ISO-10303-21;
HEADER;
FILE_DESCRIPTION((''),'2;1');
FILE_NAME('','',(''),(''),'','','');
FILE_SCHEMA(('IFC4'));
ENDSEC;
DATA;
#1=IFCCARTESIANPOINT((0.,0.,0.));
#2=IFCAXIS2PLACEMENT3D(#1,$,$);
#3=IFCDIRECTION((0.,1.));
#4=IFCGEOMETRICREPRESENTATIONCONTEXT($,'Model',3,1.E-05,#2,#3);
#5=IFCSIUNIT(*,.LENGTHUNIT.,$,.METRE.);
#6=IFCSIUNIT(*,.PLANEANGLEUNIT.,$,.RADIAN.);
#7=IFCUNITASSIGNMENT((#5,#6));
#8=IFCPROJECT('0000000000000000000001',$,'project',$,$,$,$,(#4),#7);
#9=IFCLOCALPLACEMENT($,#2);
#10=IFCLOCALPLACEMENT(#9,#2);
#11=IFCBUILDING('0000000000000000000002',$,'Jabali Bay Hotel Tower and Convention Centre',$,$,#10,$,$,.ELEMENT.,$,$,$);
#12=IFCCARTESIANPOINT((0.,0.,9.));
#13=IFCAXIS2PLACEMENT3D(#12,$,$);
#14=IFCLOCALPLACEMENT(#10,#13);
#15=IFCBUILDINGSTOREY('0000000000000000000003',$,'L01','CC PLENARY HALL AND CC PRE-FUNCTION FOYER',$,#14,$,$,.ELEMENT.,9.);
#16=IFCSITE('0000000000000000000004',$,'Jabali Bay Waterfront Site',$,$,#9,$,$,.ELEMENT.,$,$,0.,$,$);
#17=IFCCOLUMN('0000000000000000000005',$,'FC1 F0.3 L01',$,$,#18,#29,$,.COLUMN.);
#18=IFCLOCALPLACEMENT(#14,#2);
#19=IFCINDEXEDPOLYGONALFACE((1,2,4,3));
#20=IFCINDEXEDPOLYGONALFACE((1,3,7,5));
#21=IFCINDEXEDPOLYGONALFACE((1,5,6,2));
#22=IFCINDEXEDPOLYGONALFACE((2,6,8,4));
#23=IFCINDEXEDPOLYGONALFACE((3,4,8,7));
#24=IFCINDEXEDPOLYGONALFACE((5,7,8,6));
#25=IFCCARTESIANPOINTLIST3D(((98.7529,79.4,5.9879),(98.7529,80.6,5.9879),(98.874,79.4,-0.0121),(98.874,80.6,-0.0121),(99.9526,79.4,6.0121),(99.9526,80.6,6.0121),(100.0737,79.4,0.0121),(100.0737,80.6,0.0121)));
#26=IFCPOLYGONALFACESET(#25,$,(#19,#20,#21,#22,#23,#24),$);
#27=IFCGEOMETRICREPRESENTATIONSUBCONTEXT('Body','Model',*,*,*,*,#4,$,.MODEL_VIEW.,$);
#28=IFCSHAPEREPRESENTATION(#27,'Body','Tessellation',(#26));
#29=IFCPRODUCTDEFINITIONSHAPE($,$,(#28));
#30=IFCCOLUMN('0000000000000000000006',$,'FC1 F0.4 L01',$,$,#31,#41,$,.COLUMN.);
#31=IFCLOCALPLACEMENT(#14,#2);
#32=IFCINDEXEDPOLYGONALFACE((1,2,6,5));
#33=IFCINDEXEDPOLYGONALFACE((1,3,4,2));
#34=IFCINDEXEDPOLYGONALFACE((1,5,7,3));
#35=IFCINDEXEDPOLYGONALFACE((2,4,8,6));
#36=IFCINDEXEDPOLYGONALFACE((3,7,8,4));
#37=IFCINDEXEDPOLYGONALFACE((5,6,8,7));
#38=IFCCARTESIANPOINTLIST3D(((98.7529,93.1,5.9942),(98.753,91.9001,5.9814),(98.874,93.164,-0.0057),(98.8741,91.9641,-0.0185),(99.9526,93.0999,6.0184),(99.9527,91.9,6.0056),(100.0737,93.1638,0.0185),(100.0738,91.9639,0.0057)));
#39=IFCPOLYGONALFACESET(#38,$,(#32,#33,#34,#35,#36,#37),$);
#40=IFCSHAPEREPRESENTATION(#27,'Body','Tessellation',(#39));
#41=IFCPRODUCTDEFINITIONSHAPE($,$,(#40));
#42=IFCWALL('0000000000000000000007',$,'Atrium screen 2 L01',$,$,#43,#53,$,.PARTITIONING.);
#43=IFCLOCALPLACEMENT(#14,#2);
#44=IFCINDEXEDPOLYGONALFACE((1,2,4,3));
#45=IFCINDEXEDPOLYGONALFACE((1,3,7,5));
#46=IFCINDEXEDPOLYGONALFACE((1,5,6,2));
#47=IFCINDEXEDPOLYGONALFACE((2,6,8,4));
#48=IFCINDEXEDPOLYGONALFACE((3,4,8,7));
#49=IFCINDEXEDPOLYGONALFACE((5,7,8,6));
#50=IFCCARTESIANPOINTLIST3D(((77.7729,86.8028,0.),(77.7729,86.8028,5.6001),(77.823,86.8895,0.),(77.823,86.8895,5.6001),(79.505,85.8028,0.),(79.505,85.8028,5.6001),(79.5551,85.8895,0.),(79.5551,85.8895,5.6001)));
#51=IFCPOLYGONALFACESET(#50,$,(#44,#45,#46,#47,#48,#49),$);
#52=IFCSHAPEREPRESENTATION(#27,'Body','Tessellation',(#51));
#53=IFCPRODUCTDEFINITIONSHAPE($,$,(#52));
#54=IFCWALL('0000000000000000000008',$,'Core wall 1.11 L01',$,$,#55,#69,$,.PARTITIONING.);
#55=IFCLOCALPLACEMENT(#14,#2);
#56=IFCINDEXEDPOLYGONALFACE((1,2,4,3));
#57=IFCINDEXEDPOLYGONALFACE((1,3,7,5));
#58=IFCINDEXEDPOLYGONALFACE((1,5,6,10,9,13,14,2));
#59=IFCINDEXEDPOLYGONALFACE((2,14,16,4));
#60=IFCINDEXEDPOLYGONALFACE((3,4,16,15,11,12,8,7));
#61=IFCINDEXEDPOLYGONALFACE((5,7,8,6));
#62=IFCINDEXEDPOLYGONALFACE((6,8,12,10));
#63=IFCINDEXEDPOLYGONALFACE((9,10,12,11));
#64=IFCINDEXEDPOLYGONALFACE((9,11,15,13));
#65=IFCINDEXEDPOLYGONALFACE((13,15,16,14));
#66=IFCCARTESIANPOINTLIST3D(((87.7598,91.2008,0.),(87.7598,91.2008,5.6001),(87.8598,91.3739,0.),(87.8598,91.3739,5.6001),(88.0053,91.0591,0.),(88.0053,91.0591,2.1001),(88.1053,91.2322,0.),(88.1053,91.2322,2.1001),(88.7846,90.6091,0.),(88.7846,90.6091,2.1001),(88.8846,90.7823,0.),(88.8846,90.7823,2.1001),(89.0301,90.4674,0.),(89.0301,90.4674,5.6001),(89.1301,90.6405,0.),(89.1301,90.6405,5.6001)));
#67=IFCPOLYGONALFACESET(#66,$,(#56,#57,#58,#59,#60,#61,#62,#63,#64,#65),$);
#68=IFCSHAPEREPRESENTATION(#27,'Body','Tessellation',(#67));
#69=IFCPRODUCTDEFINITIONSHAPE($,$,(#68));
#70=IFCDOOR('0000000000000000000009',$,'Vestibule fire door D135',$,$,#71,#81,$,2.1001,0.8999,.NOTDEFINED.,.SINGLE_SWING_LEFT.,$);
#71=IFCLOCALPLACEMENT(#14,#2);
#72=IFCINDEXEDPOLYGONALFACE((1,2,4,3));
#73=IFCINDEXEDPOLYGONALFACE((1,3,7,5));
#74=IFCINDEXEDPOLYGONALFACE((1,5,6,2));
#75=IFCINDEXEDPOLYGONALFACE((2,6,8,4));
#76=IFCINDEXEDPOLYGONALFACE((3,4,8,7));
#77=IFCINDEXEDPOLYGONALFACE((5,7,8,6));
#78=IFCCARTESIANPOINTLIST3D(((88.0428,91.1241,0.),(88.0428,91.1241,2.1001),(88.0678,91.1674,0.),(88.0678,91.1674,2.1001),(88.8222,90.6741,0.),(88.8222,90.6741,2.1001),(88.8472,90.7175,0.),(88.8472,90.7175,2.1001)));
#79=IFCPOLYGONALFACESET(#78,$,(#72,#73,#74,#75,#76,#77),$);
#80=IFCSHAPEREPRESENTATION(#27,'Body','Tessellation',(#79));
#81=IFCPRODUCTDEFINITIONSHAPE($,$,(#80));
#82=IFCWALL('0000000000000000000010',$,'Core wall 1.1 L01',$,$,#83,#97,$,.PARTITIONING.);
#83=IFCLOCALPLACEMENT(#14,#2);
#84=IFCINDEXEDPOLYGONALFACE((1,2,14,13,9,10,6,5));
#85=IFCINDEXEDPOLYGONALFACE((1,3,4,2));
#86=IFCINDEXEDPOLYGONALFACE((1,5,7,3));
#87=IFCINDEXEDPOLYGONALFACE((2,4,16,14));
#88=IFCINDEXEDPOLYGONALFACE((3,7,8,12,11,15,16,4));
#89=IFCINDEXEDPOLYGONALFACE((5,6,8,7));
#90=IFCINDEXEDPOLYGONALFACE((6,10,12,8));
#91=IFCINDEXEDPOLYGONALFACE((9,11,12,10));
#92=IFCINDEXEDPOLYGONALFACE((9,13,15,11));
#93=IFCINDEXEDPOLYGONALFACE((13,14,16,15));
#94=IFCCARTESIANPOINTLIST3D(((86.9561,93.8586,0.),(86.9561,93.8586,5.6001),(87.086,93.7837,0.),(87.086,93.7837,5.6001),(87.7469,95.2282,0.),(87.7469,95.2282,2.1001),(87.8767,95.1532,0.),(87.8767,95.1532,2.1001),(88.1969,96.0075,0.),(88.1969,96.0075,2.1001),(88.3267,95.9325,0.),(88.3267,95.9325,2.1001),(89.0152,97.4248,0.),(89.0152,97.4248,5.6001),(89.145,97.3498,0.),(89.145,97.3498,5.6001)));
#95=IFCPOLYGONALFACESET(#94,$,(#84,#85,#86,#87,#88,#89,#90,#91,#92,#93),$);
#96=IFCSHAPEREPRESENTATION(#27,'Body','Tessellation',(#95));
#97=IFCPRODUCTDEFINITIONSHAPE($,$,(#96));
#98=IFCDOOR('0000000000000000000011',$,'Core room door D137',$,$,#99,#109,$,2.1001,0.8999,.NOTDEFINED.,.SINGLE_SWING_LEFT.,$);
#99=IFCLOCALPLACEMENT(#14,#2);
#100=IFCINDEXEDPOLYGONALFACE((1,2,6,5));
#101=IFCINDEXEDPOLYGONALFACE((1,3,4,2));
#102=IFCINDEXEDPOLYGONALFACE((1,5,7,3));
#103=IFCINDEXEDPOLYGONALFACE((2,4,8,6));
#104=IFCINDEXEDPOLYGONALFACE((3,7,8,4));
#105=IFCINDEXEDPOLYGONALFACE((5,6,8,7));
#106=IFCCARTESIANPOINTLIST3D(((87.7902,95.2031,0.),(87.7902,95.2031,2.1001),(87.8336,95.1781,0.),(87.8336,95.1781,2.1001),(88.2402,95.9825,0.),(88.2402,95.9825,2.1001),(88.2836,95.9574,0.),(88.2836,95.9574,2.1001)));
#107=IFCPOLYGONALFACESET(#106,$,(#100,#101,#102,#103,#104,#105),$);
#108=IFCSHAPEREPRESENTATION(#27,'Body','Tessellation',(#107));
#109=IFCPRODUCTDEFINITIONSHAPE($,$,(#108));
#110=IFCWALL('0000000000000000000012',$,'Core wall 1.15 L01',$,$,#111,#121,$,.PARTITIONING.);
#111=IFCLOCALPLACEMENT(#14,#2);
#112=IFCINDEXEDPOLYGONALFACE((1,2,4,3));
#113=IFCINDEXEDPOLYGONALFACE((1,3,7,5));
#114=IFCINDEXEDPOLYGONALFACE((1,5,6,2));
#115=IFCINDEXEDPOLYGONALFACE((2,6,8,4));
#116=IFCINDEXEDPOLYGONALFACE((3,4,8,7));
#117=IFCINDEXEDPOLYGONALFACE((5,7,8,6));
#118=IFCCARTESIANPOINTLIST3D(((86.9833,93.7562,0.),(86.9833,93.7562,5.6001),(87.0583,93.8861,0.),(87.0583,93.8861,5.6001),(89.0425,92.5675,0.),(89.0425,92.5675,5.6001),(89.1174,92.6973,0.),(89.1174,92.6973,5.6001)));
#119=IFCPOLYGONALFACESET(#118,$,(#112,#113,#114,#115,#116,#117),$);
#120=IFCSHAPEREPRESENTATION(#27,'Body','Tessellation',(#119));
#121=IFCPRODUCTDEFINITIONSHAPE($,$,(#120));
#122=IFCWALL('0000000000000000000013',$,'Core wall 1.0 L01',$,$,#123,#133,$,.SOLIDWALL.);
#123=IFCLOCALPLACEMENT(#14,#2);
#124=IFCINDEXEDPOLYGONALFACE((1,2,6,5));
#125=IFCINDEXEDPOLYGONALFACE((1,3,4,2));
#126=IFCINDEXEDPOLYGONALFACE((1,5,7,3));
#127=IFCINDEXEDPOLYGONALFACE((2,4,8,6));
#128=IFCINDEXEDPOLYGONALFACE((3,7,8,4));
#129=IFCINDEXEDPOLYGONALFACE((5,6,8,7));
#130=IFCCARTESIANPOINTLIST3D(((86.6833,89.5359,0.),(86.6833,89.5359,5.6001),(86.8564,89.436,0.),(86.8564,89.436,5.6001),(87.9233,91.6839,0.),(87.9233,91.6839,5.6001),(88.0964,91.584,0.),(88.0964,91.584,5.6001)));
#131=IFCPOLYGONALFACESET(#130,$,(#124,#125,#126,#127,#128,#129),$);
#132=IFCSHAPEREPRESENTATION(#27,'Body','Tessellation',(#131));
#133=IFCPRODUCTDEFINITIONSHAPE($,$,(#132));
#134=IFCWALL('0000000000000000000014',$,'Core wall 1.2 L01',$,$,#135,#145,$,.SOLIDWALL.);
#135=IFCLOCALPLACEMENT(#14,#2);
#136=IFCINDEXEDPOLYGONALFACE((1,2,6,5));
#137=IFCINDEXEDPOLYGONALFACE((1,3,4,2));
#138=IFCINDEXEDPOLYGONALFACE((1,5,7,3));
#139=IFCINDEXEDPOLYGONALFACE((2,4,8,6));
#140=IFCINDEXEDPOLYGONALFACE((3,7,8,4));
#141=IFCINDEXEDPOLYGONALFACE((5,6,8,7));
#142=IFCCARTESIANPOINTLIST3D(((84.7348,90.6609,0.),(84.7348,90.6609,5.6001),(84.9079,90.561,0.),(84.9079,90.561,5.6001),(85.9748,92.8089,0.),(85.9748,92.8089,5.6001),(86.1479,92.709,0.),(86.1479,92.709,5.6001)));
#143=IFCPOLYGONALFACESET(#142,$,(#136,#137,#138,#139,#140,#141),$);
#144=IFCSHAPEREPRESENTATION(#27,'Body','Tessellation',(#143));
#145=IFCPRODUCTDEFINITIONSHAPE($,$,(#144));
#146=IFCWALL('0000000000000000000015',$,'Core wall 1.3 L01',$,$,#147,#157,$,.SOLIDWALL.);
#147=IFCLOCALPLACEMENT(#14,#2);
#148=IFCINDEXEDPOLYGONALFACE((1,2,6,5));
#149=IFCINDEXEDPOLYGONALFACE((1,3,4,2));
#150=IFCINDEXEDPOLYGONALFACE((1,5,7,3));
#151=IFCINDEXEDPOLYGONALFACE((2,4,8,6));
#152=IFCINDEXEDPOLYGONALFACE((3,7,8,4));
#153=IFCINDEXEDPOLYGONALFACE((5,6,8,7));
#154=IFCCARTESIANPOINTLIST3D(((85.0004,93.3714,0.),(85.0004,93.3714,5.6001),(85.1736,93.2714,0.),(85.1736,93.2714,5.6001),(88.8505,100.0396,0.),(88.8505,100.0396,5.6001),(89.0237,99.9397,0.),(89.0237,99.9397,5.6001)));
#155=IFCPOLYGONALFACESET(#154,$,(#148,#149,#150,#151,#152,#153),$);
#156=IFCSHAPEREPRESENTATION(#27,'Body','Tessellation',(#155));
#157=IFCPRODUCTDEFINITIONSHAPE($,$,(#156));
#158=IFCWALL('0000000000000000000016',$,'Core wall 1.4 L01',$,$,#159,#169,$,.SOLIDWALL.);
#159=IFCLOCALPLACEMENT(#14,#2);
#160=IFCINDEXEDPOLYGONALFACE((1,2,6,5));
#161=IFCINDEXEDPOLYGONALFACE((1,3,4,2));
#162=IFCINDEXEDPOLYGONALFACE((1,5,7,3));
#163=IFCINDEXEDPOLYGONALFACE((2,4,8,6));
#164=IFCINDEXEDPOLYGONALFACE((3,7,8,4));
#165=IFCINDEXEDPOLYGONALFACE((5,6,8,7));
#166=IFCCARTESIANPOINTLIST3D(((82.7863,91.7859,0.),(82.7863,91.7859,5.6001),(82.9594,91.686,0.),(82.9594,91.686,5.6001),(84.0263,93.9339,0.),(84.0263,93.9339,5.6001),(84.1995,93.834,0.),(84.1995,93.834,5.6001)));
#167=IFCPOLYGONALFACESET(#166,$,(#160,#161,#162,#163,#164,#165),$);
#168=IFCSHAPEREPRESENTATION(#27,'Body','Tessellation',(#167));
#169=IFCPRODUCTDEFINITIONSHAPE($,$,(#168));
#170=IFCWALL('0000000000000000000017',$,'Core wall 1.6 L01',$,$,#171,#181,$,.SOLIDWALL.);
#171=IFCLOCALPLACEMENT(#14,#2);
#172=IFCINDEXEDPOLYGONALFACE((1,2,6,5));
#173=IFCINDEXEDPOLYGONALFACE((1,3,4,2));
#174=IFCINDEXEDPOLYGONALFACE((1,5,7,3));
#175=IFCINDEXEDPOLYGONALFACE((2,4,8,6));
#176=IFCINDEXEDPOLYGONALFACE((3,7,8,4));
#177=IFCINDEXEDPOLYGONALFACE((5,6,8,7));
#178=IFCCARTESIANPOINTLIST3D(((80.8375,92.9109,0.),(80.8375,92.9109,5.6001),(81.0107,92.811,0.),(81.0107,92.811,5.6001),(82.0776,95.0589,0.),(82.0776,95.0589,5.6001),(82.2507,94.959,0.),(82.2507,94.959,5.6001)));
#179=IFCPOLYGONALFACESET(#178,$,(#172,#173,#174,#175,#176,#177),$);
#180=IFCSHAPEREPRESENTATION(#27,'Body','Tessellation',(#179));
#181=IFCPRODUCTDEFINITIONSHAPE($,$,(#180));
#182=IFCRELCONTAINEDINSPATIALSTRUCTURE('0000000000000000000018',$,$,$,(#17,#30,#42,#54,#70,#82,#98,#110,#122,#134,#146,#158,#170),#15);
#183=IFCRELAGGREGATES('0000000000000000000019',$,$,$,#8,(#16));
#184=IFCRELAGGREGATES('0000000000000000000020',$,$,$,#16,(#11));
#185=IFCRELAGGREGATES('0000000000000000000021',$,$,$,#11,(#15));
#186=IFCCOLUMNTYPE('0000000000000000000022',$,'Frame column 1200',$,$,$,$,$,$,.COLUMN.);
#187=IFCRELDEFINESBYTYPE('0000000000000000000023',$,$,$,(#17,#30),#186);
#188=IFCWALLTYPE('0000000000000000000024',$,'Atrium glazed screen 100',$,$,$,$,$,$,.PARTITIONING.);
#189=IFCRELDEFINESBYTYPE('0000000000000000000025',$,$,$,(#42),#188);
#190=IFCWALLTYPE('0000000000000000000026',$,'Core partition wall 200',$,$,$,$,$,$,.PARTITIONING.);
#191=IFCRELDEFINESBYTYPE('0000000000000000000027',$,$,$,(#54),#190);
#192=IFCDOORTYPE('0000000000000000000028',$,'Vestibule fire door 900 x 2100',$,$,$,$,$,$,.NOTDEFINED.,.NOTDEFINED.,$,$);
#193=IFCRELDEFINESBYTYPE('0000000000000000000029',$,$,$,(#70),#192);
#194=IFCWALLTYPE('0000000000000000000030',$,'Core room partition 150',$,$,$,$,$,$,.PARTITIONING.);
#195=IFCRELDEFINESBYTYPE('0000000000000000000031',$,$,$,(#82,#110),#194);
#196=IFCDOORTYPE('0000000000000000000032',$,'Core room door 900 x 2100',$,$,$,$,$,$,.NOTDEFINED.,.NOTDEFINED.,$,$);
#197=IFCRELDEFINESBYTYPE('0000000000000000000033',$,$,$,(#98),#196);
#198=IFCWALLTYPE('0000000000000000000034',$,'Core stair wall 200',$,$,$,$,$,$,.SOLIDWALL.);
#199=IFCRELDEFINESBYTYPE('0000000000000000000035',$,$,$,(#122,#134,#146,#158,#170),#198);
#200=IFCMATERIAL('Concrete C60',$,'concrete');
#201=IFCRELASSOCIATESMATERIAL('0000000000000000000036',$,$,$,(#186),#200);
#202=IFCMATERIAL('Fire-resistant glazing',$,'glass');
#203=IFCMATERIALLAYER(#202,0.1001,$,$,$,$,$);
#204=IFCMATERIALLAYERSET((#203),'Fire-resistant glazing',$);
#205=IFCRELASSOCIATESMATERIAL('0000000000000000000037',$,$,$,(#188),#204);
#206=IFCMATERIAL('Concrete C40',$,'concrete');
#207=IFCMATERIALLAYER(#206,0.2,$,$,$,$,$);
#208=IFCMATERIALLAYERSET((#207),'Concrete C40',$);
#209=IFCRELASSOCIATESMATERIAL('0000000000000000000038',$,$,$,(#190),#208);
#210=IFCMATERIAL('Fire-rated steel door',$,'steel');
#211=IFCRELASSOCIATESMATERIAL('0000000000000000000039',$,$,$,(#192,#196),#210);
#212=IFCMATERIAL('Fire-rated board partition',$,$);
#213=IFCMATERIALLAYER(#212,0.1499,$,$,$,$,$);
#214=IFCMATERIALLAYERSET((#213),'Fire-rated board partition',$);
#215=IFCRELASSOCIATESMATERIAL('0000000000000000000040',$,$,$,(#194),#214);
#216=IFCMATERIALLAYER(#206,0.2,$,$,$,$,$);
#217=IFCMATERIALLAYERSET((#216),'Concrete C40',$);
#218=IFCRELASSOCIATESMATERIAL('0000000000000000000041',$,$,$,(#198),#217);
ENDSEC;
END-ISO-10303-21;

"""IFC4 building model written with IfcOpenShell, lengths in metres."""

from ifc_helpers import new_model, si_unit, direction, frame, frame_2d, origin, origin_2d, place, context, subcontext, project, spatial, rectangle, extrude, material, layer, layer_set, material_profile, profile_set, type_object, element, fill, save


model = new_model("IFC4")

# Units and contexts
model_context = context("Model", 3, precision=1e-05, world=origin(), true_north=direction((0.0, 1.0)))
body_context = subcontext(model_context, "Body", "Model", "MODEL_VIEW")
ifc_project = project(units=[si_unit("LENGTHUNIT", "METRE"), si_unit("PLANEANGLEUNIT", "RADIAN")], contexts=[model_context])

# Site, building, storey
site_placement = place(None, origin())
site = spatial("IfcSite", under=ifc_project, at=site_placement, Name="Jabali Bay Waterfront Site", CompositionType="ELEMENT", RefElevation=0.0)
building_placement = place(site_placement, origin())
building = spatial("IfcBuilding", under=site, at=building_placement, Name="Jabali Bay Hotel Tower and Convention Centre", CompositionType="ELEMENT")
storey_placement = place(building_placement, frame((0.0, 0.0, 9.0)))
storey = spatial("IfcBuildingStorey", under=building, at=storey_placement, Name="L01", Description="CC PLENARY HALL AND CC PRE-FUNCTION FOYER", CompositionType="ELEMENT", Elevation=9.0)

# Columns
ifc_material_1 = material(Name="Concrete C60", Category="concrete")
ifc_material_profile = material_profile(ifc_material_1, rectangle(XDim=1.2, YDim=1.2, at=origin_2d()), Name="Frame column 1200")
ifc_profile_set = profile_set([ifc_material_profile], Name="Concrete C60")
column_type = type_object("IfcColumnType", Name="Frame column 1200", PredefinedType="COLUMN", material=ifc_profile_set)
column_1_placement = place(storey_placement, frame((99.4739, 80.0, 0.0), z_axis=(-0.020178, 0.0, 0.999796), x_axis=(0.0, -1.0, 0.0)))
element("IfcColumn", 1, at=column_1_placement, inside=storey, type_object=column_type, Name="FC1 F0.3 L01", PredefinedType="COLUMN", context=body_context, shape_type="SweptSolid", body=[
    extrude(rectangle(XDim=1.2, YDim=1.2, at=origin_2d()), origin(), (0.0, 0.0, 1.0), 6.0012),
])
column_2_placement = place(storey_placement, frame((99.4739, 92.564, 0.0), z_axis=(-0.020177, -0.010658, 0.99974), x_axis=(0.999796, -0.000126, 0.020177)))
element("IfcColumn", 2, at=column_2_placement, inside=storey, type_object=column_type, Name="FC1 F0.4 L01", PredefinedType="COLUMN", context=body_context, shape_type="SweptSolid", body=[
    extrude(rectangle(XDim=1.2, YDim=1.2, at=origin_2d()), origin(), (0.0, 0.0, 1.0), 6.0015),
])

# Wall
ifc_material_2 = material(Name="Fire-resistant glazing", Category="glass")
ifc_layer_1 = layer(ifc_material_2, 0.1001)
ifc_layer_set_1 = layer_set([ifc_layer_1], Name="Fire-resistant glazing")
wall_type_1 = type_object("IfcWallType", Name="Atrium glazed screen 100", PredefinedType="PARTITIONING", material=ifc_layer_set_1)
wall_1_placement = place(storey_placement, frame((79.53, 85.8462, 0.0), z_axis=(0.0, 0.0, 1.0), x_axis=(-0.866041, 0.499973, 0.0)))
element("IfcWall", 3, at=wall_1_placement, inside=storey, type_object=wall_type_1, Name="Atrium screen 2 L01", PredefinedType="PARTITIONING", context=body_context, shape_type="SweptSolid", body=[
    extrude(rectangle(XDim=2.0, YDim=0.1001, at=frame_2d((1.0, 0.0))), origin(), (0.0, 0.0, 1.0), 5.6001),
])

# Walls, openings, doors
ifc_material_3 = material(Name="Concrete C40", Category="concrete")
ifc_layer_2 = layer(ifc_material_3, 0.2)
ifc_layer_set_2 = layer_set([ifc_layer_2], Name="Concrete C40")
wall_type_2 = type_object("IfcWallType", Name="Core partition wall 200", PredefinedType="PARTITIONING", material=ifc_layer_set_2)
wall_2_placement = place(storey_placement, frame((89.0801, 90.554, 0.0), z_axis=(0.0, 0.0, 1.0), x_axis=(-0.866022, 0.500006, 0.0)))
wall_2 = element("IfcWall", 4, at=wall_2_placement, inside=storey, type_object=wall_type_2, Name="Core wall 1.11 L01", PredefinedType="PARTITIONING", context=body_context, shape_type="SweptSolid", body=[
    extrude(rectangle(XDim=1.4668, YDim=0.2, at=frame_2d((0.7334, 0.0))), origin(), (0.0, 0.0, 1.0), 5.6001),
])
opening_1_placement = place(wall_2_placement, frame((0.2834, 0.0, 0.0)))
opening_1 = element("IfcOpeningElement", 5, at=opening_1_placement, cuts=wall_2, PredefinedType="OPENING", context=body_context, shape_type="SweptSolid", body=[
    extrude(rectangle(XDim=0.8999, YDim=2.1001, at=frame_2d((0.45, 1.05))), frame((0.0, 0.1104, 0.0), z_axis=(0.0, -1.0, 0.0), x_axis=(1.0, 0.0, 0.0)), (0.0, 0.0, 1.0), 0.2209),
])
ifc_material_4 = material(Name="Fire-rated steel door", Category="steel")
door_type_1 = type_object("IfcDoorType", Name="Vestibule fire door 900 x 2100", OperationType="NOTDEFINED", PredefinedType="NOTDEFINED", material=ifc_material_4)
door_1_placement = place(opening_1_placement, origin())
door_1 = element("IfcDoor", 6, at=door_1_placement, inside=storey, type_object=door_type_1, Name="Vestibule fire door D135", OperationType="SINGLE_SWING_LEFT", OverallHeight=2.1001, OverallWidth=0.8999, PredefinedType="NOTDEFINED", context=body_context, shape_type="SweptSolid", body=[
    extrude(rectangle(XDim=0.8999, YDim=2.1001, at=frame_2d((0.45, 1.05))), frame((0.0, 0.0249, 0.0), z_axis=(0.0, -1.0, 0.0), x_axis=(1.0, 0.0, 0.0)), (0.0, 0.0, 1.0), 0.05),
])
fill(opening_1, door_1)
ifc_material_5 = material(Name="Fire-rated board partition")
ifc_layer_3 = layer(ifc_material_5, 0.1499)
ifc_layer_set_3 = layer_set([ifc_layer_3], Name="Fire-rated board partition")
wall_type_3 = type_object("IfcWallType", Name="Core room partition 150", PredefinedType="PARTITIONING", material=ifc_layer_set_3)
wall_3_placement = place(storey_placement, frame((87.021, 93.821, 0.0), z_axis=(0.0, 0.0, 1.0), x_axis=(0.500029, 0.866009, 0.0)))
wall_3 = element("IfcWall", 7, at=wall_3_placement, inside=storey, type_object=wall_type_3, Name="Core wall 1.1 L01", PredefinedType="PARTITIONING", context=body_context, shape_type="SweptSolid", body=[
    extrude(rectangle(XDim=4.1179, YDim=0.1499, at=frame_2d((2.0591, 0.0))), origin(), (0.0, 0.0, 1.0), 5.6001),
])
opening_2_placement = place(wall_3_placement, frame((1.5815, 0.0, 0.0)))
opening_2 = element("IfcOpeningElement", 8, at=opening_2_placement, cuts=wall_3, PredefinedType="OPENING", context=body_context, shape_type="SweptSolid", body=[
    extrude(rectangle(XDim=0.8999, YDim=2.1001, at=frame_2d((0.45, 1.05))), frame((0.0, 0.0854, 0.0), z_axis=(0.0, -1.0, 0.0), x_axis=(1.0, 0.0, 0.0)), (0.0, 0.0, 1.0), 0.1709),
])
door_type_2 = type_object("IfcDoorType", Name="Core room door 900 x 2100", OperationType="NOTDEFINED", PredefinedType="NOTDEFINED", material=ifc_material_4)
door_2_placement = place(opening_2_placement, origin())
door_2 = element("IfcDoor", 9, at=door_2_placement, inside=storey, type_object=door_type_2, Name="Core room door D137", OperationType="SINGLE_SWING_LEFT", OverallHeight=2.1001, OverallWidth=0.8999, PredefinedType="NOTDEFINED", context=body_context, shape_type="SweptSolid", body=[
    extrude(rectangle(XDim=0.8999, YDim=2.1001, at=frame_2d((0.45, 1.05))), frame((0.0, 0.0249, 0.0), z_axis=(0.0, -1.0, 0.0), x_axis=(1.0, 0.0, 0.0)), (0.0, 0.0, 1.0), 0.05),
])
fill(opening_2, door_2)

# Walls
wall_4_placement = place(storey_placement, frame((89.0801, 92.6323, 0.0), z_axis=(0.0, 0.0, 1.0), x_axis=(-0.866042, 0.499971, 0.0)))
element("IfcWall", 10, at=wall_4_placement, inside=storey, type_object=wall_type_3, Name="Core wall 1.15 L01", PredefinedType="PARTITIONING", context=body_context, shape_type="SweptSolid", body=[
    extrude(rectangle(XDim=2.3777, YDim=0.1499, at=frame_2d((1.189, 0.0))), origin(), (0.0, 0.0, 1.0), 5.6001),
])
ifc_layer_4 = layer(ifc_material_3, 0.2)
ifc_layer_set_4 = layer_set([ifc_layer_4], Name="Concrete C40")
wall_type_4 = type_object("IfcWallType", Name="Core stair wall 200", PredefinedType="SOLIDWALL", material=ifc_layer_set_4)
for number, where, z_axis, x_axis, name in (
    (11, (86.7698, 89.4858, 0.0), (0.0, 0.0, 1.0), (0.499961, 0.866048, 0.0), "Core wall 1.0 L01"),
    (12, (84.8213, 90.6108, 0.0), (0.0, 0.0, 1.0), (0.499961, 0.866048, 0.0), "Core wall 1.2 L01"),
):
    element("IfcWall", number, at=place(storey_placement, frame(where, z_axis=z_axis, x_axis=x_axis)), inside=storey, type_object=wall_type_4, Name=name, PredefinedType="SOLIDWALL", context=body_context, shape_type="SweptSolid", body=[
        extrude(rectangle(XDim=2.4802, YDim=0.2, at=frame_2d((1.2402, 0.0))), origin(), (0.0, 0.0, 1.0), 5.6001),
    ])
wall_5_placement = place(storey_placement, frame((85.0869, 93.3213, 0.0), z_axis=(0.0, 0.0, 1.0), x_axis=(0.50002, 0.866014, 0.0)))
element("IfcWall", 13, at=wall_5_placement, inside=storey, type_object=wall_type_4, Name="Core wall 1.3 L01", PredefinedType="SOLIDWALL", context=body_context, shape_type="SweptSolid", body=[
    extrude(rectangle(XDim=7.7, YDim=0.2, at=frame_2d((3.8501, 0.0))), origin(), (0.0, 0.0, 1.0), 5.6001),
])
for number, where, z_axis, x_axis, name in (
    (14, (82.8728, 91.7358, 0.0), (0.0, 0.0, 1.0), (0.499961, 0.866048, 0.0), "Core wall 1.4 L01"),
    (15, (80.9241, 92.8608, 0.0), (0.0, 0.0, 1.0), (0.499961, 0.866048, 0.0), "Core wall 1.6 L01"),
):
    element("IfcWall", number, at=place(storey_placement, frame(where, z_axis=z_axis, x_axis=x_axis)), inside=storey, type_object=wall_type_4, Name=name, PredefinedType="SOLIDWALL", context=body_context, shape_type="SweptSolid", body=[
        extrude(rectangle(XDim=2.4802, YDim=0.2, at=frame_2d((1.2402, 0.0))), origin(), (0.0, 0.0, 1.0), 5.6001),
    ])

save(model, "model.ifc")
